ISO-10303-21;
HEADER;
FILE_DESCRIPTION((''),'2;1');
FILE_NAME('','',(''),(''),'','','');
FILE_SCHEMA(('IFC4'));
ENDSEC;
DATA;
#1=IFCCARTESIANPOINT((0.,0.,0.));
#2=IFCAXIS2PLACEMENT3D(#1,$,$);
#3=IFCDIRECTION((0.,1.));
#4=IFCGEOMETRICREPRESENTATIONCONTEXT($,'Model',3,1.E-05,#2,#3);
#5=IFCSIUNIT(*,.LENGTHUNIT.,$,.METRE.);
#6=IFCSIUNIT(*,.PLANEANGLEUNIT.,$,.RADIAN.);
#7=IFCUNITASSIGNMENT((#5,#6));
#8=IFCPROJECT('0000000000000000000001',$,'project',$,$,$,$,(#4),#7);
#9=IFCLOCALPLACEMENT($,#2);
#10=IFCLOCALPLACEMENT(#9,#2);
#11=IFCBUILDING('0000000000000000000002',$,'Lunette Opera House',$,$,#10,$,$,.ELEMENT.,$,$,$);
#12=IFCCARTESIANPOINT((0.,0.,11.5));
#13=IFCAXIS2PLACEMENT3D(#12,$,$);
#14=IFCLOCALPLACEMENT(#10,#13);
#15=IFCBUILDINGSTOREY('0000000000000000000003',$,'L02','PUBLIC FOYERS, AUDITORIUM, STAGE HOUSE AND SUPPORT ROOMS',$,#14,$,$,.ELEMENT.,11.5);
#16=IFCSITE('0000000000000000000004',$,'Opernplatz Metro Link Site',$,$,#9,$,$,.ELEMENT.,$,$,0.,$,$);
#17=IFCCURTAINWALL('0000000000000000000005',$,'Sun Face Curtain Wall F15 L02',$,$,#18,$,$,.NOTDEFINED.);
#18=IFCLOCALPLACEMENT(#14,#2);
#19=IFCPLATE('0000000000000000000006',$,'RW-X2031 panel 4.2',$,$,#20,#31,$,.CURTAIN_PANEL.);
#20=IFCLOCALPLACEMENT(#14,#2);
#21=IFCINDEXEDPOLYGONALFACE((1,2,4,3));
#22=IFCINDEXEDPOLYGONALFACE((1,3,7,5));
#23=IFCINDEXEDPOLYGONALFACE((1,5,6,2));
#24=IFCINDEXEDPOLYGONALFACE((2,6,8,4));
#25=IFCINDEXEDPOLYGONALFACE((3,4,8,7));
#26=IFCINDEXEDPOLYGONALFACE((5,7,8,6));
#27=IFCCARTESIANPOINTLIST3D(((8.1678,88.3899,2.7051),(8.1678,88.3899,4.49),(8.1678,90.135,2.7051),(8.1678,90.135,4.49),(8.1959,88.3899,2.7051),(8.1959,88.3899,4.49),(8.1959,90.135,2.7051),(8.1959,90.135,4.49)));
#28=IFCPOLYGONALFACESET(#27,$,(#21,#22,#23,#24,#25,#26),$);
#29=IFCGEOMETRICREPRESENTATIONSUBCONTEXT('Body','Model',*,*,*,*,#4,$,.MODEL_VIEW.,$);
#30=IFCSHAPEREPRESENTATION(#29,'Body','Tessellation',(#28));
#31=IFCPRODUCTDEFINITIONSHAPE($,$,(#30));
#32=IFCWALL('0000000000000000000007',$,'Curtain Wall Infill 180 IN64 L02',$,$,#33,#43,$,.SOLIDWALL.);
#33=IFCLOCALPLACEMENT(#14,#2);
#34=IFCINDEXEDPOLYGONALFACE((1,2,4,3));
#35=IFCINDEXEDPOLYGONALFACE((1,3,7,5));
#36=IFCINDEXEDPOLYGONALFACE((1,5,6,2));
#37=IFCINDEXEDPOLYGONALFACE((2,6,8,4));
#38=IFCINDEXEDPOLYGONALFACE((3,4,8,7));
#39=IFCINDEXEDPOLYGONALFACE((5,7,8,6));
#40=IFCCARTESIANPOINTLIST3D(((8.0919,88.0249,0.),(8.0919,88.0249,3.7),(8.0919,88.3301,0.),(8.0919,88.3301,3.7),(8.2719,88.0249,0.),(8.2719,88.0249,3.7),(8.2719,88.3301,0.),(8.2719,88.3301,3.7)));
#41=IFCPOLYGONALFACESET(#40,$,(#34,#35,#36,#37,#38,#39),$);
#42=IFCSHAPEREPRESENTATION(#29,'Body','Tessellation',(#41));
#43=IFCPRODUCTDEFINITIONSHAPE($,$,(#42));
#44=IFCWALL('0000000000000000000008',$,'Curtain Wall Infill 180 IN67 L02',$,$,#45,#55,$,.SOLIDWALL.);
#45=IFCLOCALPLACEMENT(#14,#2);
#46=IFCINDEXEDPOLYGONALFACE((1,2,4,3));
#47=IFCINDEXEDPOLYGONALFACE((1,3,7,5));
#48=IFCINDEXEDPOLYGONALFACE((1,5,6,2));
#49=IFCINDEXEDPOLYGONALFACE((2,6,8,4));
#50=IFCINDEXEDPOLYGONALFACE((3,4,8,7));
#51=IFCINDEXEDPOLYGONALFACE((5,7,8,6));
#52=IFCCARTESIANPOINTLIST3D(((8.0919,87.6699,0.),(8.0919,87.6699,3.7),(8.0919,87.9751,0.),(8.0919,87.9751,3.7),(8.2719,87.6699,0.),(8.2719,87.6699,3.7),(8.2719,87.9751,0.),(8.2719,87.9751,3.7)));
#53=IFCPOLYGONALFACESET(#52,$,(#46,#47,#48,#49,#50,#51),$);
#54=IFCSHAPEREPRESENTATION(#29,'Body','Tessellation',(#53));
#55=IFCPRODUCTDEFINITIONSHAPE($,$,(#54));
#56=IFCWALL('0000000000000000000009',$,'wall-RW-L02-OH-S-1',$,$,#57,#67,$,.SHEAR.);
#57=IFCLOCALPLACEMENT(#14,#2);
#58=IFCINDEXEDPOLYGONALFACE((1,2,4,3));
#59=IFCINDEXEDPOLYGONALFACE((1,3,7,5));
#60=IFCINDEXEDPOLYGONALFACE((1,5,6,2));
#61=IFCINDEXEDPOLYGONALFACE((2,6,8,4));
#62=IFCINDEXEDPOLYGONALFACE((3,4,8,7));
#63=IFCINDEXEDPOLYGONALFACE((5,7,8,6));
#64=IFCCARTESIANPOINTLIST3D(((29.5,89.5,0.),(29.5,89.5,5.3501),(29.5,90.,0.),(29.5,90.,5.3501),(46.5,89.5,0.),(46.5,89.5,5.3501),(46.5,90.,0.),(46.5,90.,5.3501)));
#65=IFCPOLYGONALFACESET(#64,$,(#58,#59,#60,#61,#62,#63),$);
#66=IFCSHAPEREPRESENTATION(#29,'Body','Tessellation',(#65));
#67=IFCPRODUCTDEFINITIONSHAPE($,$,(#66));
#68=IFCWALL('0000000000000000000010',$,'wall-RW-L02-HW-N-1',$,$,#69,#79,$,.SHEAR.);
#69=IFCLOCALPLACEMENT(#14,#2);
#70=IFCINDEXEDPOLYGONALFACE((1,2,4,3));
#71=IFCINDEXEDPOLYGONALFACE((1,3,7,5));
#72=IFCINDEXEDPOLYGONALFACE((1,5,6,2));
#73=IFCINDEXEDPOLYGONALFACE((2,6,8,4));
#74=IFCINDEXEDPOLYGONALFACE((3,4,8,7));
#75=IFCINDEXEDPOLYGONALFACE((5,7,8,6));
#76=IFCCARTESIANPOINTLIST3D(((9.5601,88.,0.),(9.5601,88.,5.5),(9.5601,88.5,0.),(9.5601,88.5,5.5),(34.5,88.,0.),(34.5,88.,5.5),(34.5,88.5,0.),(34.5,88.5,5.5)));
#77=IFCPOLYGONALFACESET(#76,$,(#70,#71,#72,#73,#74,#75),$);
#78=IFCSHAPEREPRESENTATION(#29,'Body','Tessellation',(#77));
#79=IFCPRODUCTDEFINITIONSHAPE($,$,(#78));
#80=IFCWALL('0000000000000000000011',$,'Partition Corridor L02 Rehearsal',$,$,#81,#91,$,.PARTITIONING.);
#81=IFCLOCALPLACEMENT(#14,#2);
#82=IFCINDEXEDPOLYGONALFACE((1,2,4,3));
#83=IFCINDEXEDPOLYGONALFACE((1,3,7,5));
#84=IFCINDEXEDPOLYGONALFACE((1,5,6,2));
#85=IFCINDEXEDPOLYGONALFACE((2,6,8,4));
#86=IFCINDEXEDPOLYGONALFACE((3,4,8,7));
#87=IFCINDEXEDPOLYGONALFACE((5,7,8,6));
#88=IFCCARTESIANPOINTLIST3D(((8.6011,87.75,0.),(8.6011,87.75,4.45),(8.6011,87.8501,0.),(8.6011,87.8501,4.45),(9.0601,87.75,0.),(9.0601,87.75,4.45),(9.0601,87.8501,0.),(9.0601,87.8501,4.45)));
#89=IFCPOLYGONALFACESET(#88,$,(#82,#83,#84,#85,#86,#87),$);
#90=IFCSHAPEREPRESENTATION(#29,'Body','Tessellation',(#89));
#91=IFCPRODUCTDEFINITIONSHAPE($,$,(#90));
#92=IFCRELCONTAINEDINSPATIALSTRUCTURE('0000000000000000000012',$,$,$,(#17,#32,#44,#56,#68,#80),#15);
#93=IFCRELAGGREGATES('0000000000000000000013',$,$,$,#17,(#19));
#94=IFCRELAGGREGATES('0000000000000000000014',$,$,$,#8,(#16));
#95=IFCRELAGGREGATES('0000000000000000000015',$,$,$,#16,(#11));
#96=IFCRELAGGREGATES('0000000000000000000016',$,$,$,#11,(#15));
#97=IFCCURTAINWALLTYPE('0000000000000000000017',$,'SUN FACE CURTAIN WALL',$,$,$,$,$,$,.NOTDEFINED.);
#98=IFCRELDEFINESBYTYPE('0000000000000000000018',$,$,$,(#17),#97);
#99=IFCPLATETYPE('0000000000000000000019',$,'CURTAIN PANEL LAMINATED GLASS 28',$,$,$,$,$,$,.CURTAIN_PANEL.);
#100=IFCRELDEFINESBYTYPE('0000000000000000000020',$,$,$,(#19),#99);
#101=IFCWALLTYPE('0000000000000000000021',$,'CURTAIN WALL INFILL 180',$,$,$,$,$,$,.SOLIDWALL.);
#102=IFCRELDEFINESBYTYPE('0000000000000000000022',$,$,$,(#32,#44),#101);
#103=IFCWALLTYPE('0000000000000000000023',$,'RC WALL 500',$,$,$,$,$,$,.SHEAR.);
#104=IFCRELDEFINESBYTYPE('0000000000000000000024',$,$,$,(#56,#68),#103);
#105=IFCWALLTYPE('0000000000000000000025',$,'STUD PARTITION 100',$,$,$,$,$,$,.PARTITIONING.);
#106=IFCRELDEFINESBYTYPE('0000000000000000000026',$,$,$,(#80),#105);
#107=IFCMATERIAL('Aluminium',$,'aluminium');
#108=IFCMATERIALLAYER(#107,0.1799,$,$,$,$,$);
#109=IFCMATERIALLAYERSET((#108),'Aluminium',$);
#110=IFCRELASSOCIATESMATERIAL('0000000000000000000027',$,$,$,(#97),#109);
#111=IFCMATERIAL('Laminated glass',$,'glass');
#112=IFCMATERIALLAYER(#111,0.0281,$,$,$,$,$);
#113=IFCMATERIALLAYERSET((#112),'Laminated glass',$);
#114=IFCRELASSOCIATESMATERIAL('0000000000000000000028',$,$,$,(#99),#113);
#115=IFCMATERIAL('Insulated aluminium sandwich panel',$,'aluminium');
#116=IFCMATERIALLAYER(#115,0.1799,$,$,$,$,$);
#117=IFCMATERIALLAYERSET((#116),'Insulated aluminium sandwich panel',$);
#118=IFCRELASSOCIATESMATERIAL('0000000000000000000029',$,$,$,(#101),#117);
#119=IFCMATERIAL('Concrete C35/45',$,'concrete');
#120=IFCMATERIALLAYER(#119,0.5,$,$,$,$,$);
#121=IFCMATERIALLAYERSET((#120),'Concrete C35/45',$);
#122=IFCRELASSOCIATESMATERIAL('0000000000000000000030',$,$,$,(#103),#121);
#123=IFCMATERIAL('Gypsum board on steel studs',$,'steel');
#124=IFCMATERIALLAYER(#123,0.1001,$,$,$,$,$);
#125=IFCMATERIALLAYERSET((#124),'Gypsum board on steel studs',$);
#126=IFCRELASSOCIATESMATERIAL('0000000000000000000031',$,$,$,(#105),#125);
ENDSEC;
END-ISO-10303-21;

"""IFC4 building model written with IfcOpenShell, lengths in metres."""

from ifc_helpers import new_model, si_unit, direction, frame, frame_2d, origin, origin_2d, place, context, subcontext, project, spatial, rectangle, extrude, material, layer, layer_set, type_object, element, aggregate, save


model = new_model("IFC4")

# Units and contexts
model_context = context("Model", 3, precision=1e-05, world=origin(), true_north=direction((0.0, 1.0)))
body_context = subcontext(model_context, "Body", "Model", "MODEL_VIEW")
ifc_project = project(units=[si_unit("LENGTHUNIT", "METRE"), si_unit("PLANEANGLEUNIT", "RADIAN")], contexts=[model_context])

# Site, building, storey
site_placement = place(None, origin())
site = spatial("IfcSite", under=ifc_project, at=site_placement, Name="Opernplatz Metro Link Site", CompositionType="ELEMENT", RefElevation=0.0)
building_placement = place(site_placement, origin())
building = spatial("IfcBuilding", under=site, at=building_placement, Name="Lunette Opera House", CompositionType="ELEMENT")
storey_placement = place(building_placement, frame((0.0, 0.0, 11.5)))
storey = spatial("IfcBuildingStorey", under=building, at=storey_placement, Name="L02", Description="PUBLIC FOYERS, AUDITORIUM, STAGE HOUSE AND SUPPORT ROOMS", CompositionType="ELEMENT", Elevation=11.5)

# Curtain wall
ifc_material_1 = material(Name="Aluminium", Category="aluminium")
ifc_layer_1 = layer(ifc_material_1, 0.1799)
ifc_layer_set_1 = layer_set([ifc_layer_1], Name="Aluminium")
curtain_wall_type = type_object("IfcCurtainWallType", Name="SUN FACE CURTAIN WALL", PredefinedType="NOTDEFINED", material=ifc_layer_set_1)
curtain_wall_1_placement = place(storey_placement, origin())
curtain_wall_1 = element("IfcCurtainWall", 1, at=curtain_wall_1_placement, inside=storey, type_object=curtain_wall_type, Name="Sun Face Curtain Wall F15 L02", PredefinedType="NOTDEFINED")

# Plate
ifc_material_2 = material(Name="Laminated glass", Category="glass")
ifc_layer_2 = layer(ifc_material_2, 0.0281)
ifc_layer_set_2 = layer_set([ifc_layer_2], Name="Laminated glass")
plate_type = type_object("IfcPlateType", Name="CURTAIN PANEL LAMINATED GLASS 28", PredefinedType="CURTAIN_PANEL", material=ifc_layer_set_2)
plate_1_placement = place(storey_placement, frame((8.1819, 89.2625, 2.7051), z_axis=(0.0, 0.0, 1.0), x_axis=(0.0, -1.0, 0.0)))
plate_1 = element("IfcPlate", 2, at=plate_1_placement, type_object=plate_type, Name="RW-X2031 panel 4.2", PredefinedType="CURTAIN_PANEL", context=body_context, shape_type="SweptSolid", body=[
    extrude(rectangle(XDim=1.7451, YDim=0.0281, at=origin_2d()), origin(), (0.0, 0.0, 1.0), 1.7849),
])
aggregate(curtain_wall_1, [plate_1])

# Walls
ifc_material_3 = material(Name="Insulated aluminium sandwich panel", Category="aluminium")
ifc_layer_3 = layer(ifc_material_3, 0.1799)
ifc_layer_set_3 = layer_set([ifc_layer_3], Name="Insulated aluminium sandwich panel")
wall_type_1 = type_object("IfcWallType", Name="CURTAIN WALL INFILL 180", PredefinedType="SOLIDWALL", material=ifc_layer_set_3)
for number, where, z_axis, x_axis, name in (
    (3, (8.1819, 88.3301, 0.0), (0.0, 0.0, 1.0), (0.0, -1.0, 0.0), "Curtain Wall Infill 180 IN64 L02"),
    (4, (8.1819, 87.6699, 0.0), (0.0, 0.0, 1.0), (0.0, 1.0, 0.0), "Curtain Wall Infill 180 IN67 L02"),
):
    element("IfcWall", number, at=place(storey_placement, frame(where, z_axis=z_axis, x_axis=x_axis)), inside=storey, type_object=wall_type_1, Name=name, PredefinedType="SOLIDWALL", context=body_context, shape_type="SweptSolid", body=[
        extrude(rectangle(XDim=0.3052, YDim=0.1799, at=frame_2d((0.1526, 0.0))), origin(), (0.0, 0.0, 1.0), 3.7),
    ])
ifc_material_4 = material(Name="Concrete C35/45", Category="concrete")
ifc_layer_4 = layer(ifc_material_4, 0.5)
ifc_layer_set_4 = layer_set([ifc_layer_4], Name="Concrete C35/45")
wall_type_2 = type_object("IfcWallType", Name="RC WALL 500", PredefinedType="SHEAR", material=ifc_layer_set_4)
wall_1_placement = place(storey_placement, frame((29.5, 89.75, 0.0), z_axis=(0.0, 0.0, 1.0), x_axis=(1.0, 0.0, 0.0)))
element("IfcWall", 5, at=wall_1_placement, inside=storey, type_object=wall_type_2, Name="wall-RW-L02-OH-S-1", PredefinedType="SHEAR", context=body_context, shape_type="SweptSolid", body=[
    extrude(rectangle(XDim=17.0, YDim=0.5, at=frame_2d((8.5, 0.0))), origin(), (0.0, 0.0, 1.0), 5.3501),
])
wall_2_placement = place(storey_placement, frame((9.5601, 88.25, 0.0), z_axis=(0.0, 0.0, 1.0), x_axis=(1.0, 0.0, 0.0)))
element("IfcWall", 6, at=wall_2_placement, inside=storey, type_object=wall_type_2, Name="wall-RW-L02-HW-N-1", PredefinedType="SHEAR", context=body_context, shape_type="SweptSolid", body=[
    extrude(rectangle(XDim=24.9399, YDim=0.5, at=frame_2d((12.47, 0.0))), origin(), (0.0, 0.0, 1.0), 5.5),
])
ifc_material_5 = material(Name="Gypsum board on steel studs", Category="steel")
ifc_layer_5 = layer(ifc_material_5, 0.1001)
ifc_layer_set_5 = layer_set([ifc_layer_5], Name="Gypsum board on steel studs")
wall_type_3 = type_object("IfcWallType", Name="STUD PARTITION 100", PredefinedType="PARTITIONING", material=ifc_layer_set_5)
wall_3_placement = place(storey_placement, frame((8.6011, 87.8, 0.0), z_axis=(0.0, 0.0, 1.0), x_axis=(1.0, 0.0, 0.0)))
element("IfcWall", 7, at=wall_3_placement, inside=storey, type_object=wall_type_3, Name="Partition Corridor L02 Rehearsal", PredefinedType="PARTITIONING", context=body_context, shape_type="SweptSolid", body=[
    extrude(rectangle(XDim=0.459, YDim=0.1001, at=frame_2d((0.2295, 0.0))), origin(), (0.0, 0.0, 1.0), 4.45),
])

save(model, "model.ifc")
